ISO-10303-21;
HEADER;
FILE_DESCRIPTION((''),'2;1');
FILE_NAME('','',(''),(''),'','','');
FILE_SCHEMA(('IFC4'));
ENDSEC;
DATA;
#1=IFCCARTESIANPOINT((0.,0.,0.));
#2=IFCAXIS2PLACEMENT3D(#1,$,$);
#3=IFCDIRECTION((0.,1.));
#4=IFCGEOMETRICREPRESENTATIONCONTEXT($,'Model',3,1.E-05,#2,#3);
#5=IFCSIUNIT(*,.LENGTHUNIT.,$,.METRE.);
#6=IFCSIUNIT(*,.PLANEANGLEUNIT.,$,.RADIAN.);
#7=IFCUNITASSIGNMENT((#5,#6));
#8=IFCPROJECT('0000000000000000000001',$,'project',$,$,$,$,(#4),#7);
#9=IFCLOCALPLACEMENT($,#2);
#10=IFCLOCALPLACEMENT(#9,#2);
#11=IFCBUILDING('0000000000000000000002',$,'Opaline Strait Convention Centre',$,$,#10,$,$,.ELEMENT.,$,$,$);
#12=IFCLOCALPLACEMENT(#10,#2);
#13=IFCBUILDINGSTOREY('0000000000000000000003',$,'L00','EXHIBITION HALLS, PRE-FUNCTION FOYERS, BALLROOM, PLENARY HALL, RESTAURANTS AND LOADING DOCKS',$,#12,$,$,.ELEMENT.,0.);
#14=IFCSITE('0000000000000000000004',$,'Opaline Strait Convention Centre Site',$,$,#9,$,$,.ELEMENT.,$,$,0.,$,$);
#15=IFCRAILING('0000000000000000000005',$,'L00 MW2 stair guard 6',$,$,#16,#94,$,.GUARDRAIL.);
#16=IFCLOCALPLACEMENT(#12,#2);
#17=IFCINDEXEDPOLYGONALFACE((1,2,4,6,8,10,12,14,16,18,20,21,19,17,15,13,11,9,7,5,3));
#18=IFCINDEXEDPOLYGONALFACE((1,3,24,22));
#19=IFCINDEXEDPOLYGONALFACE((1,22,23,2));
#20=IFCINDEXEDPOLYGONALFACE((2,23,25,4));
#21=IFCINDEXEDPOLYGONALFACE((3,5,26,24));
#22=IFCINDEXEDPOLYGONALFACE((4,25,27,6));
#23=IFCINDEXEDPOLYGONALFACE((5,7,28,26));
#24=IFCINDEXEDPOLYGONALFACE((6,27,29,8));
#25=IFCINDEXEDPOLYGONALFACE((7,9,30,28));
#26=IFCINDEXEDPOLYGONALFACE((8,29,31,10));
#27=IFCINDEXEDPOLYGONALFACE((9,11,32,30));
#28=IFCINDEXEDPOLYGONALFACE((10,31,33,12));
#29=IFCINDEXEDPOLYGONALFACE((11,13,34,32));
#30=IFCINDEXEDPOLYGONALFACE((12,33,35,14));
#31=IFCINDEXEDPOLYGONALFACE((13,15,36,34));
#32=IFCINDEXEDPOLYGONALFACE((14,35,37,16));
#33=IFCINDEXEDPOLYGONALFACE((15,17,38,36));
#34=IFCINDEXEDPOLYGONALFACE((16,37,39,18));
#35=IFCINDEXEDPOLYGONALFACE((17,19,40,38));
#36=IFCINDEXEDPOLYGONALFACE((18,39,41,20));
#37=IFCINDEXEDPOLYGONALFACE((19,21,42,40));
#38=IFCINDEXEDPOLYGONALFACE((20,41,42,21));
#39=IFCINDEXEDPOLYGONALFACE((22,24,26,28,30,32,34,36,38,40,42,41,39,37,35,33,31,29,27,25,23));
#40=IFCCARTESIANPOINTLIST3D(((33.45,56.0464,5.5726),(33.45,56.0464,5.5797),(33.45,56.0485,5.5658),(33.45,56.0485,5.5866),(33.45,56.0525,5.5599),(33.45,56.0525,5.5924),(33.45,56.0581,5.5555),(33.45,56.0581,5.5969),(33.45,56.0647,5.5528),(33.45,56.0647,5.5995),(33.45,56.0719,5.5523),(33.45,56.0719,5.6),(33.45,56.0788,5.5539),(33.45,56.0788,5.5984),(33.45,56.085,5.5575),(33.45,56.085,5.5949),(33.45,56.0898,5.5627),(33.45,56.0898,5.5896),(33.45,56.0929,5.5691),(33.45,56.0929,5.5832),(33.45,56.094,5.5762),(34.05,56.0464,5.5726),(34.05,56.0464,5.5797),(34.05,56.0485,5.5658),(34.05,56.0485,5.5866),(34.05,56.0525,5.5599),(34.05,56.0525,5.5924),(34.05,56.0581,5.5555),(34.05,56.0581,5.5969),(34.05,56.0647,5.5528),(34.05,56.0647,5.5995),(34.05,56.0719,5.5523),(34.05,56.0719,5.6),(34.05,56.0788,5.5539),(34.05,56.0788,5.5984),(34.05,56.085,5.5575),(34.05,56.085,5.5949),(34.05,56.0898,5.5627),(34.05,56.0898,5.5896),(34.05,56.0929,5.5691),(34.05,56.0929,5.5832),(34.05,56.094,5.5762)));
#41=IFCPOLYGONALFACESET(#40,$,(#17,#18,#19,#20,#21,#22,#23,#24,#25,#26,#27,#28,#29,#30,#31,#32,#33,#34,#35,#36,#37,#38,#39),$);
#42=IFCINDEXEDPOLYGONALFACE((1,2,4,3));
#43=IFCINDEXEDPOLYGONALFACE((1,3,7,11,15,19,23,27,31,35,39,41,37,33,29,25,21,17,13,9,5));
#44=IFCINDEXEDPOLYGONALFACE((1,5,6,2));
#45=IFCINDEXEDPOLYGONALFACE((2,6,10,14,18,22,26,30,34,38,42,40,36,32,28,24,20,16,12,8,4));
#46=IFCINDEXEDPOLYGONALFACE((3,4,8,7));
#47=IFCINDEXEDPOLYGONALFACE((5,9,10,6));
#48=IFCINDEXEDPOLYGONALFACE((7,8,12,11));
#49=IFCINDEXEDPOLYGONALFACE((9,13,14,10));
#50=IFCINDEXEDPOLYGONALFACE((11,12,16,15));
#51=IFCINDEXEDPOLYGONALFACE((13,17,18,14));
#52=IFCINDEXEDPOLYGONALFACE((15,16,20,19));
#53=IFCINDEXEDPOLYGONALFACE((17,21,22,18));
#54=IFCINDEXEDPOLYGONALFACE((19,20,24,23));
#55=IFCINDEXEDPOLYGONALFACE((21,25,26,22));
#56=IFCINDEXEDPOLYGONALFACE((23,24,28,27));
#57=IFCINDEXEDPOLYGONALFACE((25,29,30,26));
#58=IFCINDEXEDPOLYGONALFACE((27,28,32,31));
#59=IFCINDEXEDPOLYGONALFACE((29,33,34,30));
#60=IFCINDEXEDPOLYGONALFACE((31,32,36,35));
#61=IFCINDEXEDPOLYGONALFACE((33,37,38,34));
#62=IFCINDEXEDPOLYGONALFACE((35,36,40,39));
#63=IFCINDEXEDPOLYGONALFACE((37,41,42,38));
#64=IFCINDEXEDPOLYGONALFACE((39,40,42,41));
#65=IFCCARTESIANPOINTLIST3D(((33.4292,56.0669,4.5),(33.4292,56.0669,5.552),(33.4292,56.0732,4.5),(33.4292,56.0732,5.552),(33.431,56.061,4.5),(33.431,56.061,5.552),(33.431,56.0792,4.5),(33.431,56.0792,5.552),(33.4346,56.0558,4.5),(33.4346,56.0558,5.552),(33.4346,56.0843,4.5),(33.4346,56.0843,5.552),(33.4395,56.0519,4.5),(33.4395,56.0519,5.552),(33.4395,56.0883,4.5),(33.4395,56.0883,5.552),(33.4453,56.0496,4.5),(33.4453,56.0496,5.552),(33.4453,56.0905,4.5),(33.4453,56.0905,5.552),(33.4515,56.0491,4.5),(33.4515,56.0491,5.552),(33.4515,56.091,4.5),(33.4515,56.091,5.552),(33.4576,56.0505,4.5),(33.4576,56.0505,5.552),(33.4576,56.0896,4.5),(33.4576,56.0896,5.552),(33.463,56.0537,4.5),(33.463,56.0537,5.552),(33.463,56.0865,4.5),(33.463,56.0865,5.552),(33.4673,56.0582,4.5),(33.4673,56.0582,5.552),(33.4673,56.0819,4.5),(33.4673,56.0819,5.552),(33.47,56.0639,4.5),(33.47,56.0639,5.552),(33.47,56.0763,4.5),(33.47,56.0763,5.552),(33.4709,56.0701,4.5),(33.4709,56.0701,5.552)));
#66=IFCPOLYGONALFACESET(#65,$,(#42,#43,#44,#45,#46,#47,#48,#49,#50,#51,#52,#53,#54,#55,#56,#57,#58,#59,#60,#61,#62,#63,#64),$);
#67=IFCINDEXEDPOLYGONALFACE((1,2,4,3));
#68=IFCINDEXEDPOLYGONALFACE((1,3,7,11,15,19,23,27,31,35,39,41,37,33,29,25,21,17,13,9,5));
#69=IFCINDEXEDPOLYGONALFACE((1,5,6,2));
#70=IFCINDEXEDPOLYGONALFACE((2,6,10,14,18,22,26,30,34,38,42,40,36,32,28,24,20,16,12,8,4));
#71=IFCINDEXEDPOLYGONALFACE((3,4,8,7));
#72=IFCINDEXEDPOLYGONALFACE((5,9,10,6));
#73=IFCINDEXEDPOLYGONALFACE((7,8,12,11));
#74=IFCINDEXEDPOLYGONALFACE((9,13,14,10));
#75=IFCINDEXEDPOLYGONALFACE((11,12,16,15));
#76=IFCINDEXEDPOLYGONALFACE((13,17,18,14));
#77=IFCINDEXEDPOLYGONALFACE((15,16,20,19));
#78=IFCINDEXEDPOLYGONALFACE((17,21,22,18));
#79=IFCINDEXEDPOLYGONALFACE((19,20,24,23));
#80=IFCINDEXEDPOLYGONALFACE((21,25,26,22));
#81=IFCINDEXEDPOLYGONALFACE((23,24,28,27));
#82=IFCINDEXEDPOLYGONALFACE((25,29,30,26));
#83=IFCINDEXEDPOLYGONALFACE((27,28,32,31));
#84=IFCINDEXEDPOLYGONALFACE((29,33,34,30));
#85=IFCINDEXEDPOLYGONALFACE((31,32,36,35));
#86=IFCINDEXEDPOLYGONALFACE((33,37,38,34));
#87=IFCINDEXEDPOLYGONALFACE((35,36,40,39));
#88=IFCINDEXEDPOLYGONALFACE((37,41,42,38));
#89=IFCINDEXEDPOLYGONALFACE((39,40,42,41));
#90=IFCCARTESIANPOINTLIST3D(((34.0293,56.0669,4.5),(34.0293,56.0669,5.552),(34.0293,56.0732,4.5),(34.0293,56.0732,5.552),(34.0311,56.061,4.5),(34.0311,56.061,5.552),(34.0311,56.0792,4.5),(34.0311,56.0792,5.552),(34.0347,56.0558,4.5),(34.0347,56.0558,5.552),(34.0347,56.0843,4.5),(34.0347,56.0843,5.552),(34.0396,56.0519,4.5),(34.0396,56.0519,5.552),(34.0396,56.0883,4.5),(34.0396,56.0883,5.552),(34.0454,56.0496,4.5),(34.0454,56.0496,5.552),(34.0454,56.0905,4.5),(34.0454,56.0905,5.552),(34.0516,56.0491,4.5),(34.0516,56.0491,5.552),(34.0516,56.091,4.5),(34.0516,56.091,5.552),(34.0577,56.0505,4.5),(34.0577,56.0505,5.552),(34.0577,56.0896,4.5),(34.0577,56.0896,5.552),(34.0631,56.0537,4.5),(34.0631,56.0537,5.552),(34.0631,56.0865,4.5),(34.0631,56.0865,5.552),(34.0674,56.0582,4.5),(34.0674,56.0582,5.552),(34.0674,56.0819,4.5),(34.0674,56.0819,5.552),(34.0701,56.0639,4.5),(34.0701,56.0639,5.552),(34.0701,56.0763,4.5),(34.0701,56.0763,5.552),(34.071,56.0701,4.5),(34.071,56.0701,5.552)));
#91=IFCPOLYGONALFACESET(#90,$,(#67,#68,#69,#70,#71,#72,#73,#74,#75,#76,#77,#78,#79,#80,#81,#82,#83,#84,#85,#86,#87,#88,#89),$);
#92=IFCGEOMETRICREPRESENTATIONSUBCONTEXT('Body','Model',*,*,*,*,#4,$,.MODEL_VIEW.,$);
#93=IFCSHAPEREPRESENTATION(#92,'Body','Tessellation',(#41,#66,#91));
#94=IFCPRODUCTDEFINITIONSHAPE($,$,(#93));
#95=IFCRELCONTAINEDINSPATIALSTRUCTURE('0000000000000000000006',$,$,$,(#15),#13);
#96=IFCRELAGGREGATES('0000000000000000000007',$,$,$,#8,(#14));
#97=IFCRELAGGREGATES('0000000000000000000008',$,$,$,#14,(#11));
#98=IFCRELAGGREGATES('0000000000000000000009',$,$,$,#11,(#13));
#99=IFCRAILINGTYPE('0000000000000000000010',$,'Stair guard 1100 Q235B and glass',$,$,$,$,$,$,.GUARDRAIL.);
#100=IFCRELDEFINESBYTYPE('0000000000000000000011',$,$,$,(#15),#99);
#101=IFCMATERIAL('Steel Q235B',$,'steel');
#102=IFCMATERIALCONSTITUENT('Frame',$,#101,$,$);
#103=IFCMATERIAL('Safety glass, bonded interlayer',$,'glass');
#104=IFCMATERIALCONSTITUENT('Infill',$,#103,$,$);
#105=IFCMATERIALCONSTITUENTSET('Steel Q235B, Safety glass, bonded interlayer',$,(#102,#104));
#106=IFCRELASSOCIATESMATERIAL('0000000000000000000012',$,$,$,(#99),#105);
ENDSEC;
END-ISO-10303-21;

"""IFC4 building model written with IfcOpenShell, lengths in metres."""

from ifc_helpers import new_model, si_unit, direction, frame, origin, origin_2d, place, context, subcontext, project, spatial, circle, extrude, material, constituent, constituent_set, type_object, element, save


model = new_model("IFC4")

# Units and contexts
model_context = context("Model", 3, precision=1e-05, world=origin(), true_north=direction((0.0, 1.0)))
body_context = subcontext(model_context, "Body", "Model", "MODEL_VIEW")
ifc_project = project(units=[si_unit("LENGTHUNIT", "METRE"), si_unit("PLANEANGLEUNIT", "RADIAN")], contexts=[model_context])

# Site, building, storey
site_placement = place(None, origin())
site = spatial("IfcSite", under=ifc_project, at=site_placement, Name="Opaline Strait Convention Centre Site", CompositionType="ELEMENT", RefElevation=0.0)
building_placement = place(site_placement, origin())
building = spatial("IfcBuilding", under=site, at=building_placement, Name="Opaline Strait Convention Centre", CompositionType="ELEMENT")
storey_placement = place(building_placement, origin())
storey = spatial("IfcBuildingStorey", under=building, at=storey_placement, Name="L00", Description="EXHIBITION HALLS, PRE-FUNCTION FOYERS, BALLROOM, PLENARY HALL, RESTAURANTS AND LOADING DOCKS", CompositionType="ELEMENT", Elevation=0.0)

# Railing
ifc_material_1 = material(Name="Steel Q235B", Category="steel")
ifc_constituent_1 = constituent(ifc_material_1, Name="Frame")
ifc_material_2 = material(Name="Safety glass, bonded interlayer", Category="glass")
ifc_constituent_2 = constituent(ifc_material_2, Name="Infill")
ifc_constituent_set = constituent_set(constituents=[ifc_constituent_1, ifc_constituent_2], Name="Steel Q235B, Safety glass, bonded interlayer")
railing_type_1 = type_object("IfcRailingType", Name="Stair guard 1100 Q235B and glass", PredefinedType="GUARDRAIL", material=ifc_constituent_set)
railing_1_placement = place(storey_placement, frame((33.45, 56.0701, 4.5)))
element("IfcRailing", 1, at=railing_1_placement, inside=storey, type_object=railing_type_1, Name="L00 MW2 stair guard 6", PredefinedType="GUARDRAIL", context=body_context, shape_type="SweptSolid", body=[
    extrude(circle(Radius=0.0239, at=origin_2d()), frame((0.0, 0.0, 1.0762), z_axis=(1.0, 0.0, 0.0), x_axis=(0.0, 1.0, 0.0)), (0.0, 0.0, 1.0), 0.6001),
    extrude(circle(Radius=0.021, at=origin_2d()), origin(), (0.0, 0.0, 1.0), 1.052),
    extrude(circle(Radius=0.021, at=origin_2d()), frame((0.6001, 0.0, 0.0)), (0.0, 0.0, 1.0), 1.052),
])

save(model, "model.ifc")
